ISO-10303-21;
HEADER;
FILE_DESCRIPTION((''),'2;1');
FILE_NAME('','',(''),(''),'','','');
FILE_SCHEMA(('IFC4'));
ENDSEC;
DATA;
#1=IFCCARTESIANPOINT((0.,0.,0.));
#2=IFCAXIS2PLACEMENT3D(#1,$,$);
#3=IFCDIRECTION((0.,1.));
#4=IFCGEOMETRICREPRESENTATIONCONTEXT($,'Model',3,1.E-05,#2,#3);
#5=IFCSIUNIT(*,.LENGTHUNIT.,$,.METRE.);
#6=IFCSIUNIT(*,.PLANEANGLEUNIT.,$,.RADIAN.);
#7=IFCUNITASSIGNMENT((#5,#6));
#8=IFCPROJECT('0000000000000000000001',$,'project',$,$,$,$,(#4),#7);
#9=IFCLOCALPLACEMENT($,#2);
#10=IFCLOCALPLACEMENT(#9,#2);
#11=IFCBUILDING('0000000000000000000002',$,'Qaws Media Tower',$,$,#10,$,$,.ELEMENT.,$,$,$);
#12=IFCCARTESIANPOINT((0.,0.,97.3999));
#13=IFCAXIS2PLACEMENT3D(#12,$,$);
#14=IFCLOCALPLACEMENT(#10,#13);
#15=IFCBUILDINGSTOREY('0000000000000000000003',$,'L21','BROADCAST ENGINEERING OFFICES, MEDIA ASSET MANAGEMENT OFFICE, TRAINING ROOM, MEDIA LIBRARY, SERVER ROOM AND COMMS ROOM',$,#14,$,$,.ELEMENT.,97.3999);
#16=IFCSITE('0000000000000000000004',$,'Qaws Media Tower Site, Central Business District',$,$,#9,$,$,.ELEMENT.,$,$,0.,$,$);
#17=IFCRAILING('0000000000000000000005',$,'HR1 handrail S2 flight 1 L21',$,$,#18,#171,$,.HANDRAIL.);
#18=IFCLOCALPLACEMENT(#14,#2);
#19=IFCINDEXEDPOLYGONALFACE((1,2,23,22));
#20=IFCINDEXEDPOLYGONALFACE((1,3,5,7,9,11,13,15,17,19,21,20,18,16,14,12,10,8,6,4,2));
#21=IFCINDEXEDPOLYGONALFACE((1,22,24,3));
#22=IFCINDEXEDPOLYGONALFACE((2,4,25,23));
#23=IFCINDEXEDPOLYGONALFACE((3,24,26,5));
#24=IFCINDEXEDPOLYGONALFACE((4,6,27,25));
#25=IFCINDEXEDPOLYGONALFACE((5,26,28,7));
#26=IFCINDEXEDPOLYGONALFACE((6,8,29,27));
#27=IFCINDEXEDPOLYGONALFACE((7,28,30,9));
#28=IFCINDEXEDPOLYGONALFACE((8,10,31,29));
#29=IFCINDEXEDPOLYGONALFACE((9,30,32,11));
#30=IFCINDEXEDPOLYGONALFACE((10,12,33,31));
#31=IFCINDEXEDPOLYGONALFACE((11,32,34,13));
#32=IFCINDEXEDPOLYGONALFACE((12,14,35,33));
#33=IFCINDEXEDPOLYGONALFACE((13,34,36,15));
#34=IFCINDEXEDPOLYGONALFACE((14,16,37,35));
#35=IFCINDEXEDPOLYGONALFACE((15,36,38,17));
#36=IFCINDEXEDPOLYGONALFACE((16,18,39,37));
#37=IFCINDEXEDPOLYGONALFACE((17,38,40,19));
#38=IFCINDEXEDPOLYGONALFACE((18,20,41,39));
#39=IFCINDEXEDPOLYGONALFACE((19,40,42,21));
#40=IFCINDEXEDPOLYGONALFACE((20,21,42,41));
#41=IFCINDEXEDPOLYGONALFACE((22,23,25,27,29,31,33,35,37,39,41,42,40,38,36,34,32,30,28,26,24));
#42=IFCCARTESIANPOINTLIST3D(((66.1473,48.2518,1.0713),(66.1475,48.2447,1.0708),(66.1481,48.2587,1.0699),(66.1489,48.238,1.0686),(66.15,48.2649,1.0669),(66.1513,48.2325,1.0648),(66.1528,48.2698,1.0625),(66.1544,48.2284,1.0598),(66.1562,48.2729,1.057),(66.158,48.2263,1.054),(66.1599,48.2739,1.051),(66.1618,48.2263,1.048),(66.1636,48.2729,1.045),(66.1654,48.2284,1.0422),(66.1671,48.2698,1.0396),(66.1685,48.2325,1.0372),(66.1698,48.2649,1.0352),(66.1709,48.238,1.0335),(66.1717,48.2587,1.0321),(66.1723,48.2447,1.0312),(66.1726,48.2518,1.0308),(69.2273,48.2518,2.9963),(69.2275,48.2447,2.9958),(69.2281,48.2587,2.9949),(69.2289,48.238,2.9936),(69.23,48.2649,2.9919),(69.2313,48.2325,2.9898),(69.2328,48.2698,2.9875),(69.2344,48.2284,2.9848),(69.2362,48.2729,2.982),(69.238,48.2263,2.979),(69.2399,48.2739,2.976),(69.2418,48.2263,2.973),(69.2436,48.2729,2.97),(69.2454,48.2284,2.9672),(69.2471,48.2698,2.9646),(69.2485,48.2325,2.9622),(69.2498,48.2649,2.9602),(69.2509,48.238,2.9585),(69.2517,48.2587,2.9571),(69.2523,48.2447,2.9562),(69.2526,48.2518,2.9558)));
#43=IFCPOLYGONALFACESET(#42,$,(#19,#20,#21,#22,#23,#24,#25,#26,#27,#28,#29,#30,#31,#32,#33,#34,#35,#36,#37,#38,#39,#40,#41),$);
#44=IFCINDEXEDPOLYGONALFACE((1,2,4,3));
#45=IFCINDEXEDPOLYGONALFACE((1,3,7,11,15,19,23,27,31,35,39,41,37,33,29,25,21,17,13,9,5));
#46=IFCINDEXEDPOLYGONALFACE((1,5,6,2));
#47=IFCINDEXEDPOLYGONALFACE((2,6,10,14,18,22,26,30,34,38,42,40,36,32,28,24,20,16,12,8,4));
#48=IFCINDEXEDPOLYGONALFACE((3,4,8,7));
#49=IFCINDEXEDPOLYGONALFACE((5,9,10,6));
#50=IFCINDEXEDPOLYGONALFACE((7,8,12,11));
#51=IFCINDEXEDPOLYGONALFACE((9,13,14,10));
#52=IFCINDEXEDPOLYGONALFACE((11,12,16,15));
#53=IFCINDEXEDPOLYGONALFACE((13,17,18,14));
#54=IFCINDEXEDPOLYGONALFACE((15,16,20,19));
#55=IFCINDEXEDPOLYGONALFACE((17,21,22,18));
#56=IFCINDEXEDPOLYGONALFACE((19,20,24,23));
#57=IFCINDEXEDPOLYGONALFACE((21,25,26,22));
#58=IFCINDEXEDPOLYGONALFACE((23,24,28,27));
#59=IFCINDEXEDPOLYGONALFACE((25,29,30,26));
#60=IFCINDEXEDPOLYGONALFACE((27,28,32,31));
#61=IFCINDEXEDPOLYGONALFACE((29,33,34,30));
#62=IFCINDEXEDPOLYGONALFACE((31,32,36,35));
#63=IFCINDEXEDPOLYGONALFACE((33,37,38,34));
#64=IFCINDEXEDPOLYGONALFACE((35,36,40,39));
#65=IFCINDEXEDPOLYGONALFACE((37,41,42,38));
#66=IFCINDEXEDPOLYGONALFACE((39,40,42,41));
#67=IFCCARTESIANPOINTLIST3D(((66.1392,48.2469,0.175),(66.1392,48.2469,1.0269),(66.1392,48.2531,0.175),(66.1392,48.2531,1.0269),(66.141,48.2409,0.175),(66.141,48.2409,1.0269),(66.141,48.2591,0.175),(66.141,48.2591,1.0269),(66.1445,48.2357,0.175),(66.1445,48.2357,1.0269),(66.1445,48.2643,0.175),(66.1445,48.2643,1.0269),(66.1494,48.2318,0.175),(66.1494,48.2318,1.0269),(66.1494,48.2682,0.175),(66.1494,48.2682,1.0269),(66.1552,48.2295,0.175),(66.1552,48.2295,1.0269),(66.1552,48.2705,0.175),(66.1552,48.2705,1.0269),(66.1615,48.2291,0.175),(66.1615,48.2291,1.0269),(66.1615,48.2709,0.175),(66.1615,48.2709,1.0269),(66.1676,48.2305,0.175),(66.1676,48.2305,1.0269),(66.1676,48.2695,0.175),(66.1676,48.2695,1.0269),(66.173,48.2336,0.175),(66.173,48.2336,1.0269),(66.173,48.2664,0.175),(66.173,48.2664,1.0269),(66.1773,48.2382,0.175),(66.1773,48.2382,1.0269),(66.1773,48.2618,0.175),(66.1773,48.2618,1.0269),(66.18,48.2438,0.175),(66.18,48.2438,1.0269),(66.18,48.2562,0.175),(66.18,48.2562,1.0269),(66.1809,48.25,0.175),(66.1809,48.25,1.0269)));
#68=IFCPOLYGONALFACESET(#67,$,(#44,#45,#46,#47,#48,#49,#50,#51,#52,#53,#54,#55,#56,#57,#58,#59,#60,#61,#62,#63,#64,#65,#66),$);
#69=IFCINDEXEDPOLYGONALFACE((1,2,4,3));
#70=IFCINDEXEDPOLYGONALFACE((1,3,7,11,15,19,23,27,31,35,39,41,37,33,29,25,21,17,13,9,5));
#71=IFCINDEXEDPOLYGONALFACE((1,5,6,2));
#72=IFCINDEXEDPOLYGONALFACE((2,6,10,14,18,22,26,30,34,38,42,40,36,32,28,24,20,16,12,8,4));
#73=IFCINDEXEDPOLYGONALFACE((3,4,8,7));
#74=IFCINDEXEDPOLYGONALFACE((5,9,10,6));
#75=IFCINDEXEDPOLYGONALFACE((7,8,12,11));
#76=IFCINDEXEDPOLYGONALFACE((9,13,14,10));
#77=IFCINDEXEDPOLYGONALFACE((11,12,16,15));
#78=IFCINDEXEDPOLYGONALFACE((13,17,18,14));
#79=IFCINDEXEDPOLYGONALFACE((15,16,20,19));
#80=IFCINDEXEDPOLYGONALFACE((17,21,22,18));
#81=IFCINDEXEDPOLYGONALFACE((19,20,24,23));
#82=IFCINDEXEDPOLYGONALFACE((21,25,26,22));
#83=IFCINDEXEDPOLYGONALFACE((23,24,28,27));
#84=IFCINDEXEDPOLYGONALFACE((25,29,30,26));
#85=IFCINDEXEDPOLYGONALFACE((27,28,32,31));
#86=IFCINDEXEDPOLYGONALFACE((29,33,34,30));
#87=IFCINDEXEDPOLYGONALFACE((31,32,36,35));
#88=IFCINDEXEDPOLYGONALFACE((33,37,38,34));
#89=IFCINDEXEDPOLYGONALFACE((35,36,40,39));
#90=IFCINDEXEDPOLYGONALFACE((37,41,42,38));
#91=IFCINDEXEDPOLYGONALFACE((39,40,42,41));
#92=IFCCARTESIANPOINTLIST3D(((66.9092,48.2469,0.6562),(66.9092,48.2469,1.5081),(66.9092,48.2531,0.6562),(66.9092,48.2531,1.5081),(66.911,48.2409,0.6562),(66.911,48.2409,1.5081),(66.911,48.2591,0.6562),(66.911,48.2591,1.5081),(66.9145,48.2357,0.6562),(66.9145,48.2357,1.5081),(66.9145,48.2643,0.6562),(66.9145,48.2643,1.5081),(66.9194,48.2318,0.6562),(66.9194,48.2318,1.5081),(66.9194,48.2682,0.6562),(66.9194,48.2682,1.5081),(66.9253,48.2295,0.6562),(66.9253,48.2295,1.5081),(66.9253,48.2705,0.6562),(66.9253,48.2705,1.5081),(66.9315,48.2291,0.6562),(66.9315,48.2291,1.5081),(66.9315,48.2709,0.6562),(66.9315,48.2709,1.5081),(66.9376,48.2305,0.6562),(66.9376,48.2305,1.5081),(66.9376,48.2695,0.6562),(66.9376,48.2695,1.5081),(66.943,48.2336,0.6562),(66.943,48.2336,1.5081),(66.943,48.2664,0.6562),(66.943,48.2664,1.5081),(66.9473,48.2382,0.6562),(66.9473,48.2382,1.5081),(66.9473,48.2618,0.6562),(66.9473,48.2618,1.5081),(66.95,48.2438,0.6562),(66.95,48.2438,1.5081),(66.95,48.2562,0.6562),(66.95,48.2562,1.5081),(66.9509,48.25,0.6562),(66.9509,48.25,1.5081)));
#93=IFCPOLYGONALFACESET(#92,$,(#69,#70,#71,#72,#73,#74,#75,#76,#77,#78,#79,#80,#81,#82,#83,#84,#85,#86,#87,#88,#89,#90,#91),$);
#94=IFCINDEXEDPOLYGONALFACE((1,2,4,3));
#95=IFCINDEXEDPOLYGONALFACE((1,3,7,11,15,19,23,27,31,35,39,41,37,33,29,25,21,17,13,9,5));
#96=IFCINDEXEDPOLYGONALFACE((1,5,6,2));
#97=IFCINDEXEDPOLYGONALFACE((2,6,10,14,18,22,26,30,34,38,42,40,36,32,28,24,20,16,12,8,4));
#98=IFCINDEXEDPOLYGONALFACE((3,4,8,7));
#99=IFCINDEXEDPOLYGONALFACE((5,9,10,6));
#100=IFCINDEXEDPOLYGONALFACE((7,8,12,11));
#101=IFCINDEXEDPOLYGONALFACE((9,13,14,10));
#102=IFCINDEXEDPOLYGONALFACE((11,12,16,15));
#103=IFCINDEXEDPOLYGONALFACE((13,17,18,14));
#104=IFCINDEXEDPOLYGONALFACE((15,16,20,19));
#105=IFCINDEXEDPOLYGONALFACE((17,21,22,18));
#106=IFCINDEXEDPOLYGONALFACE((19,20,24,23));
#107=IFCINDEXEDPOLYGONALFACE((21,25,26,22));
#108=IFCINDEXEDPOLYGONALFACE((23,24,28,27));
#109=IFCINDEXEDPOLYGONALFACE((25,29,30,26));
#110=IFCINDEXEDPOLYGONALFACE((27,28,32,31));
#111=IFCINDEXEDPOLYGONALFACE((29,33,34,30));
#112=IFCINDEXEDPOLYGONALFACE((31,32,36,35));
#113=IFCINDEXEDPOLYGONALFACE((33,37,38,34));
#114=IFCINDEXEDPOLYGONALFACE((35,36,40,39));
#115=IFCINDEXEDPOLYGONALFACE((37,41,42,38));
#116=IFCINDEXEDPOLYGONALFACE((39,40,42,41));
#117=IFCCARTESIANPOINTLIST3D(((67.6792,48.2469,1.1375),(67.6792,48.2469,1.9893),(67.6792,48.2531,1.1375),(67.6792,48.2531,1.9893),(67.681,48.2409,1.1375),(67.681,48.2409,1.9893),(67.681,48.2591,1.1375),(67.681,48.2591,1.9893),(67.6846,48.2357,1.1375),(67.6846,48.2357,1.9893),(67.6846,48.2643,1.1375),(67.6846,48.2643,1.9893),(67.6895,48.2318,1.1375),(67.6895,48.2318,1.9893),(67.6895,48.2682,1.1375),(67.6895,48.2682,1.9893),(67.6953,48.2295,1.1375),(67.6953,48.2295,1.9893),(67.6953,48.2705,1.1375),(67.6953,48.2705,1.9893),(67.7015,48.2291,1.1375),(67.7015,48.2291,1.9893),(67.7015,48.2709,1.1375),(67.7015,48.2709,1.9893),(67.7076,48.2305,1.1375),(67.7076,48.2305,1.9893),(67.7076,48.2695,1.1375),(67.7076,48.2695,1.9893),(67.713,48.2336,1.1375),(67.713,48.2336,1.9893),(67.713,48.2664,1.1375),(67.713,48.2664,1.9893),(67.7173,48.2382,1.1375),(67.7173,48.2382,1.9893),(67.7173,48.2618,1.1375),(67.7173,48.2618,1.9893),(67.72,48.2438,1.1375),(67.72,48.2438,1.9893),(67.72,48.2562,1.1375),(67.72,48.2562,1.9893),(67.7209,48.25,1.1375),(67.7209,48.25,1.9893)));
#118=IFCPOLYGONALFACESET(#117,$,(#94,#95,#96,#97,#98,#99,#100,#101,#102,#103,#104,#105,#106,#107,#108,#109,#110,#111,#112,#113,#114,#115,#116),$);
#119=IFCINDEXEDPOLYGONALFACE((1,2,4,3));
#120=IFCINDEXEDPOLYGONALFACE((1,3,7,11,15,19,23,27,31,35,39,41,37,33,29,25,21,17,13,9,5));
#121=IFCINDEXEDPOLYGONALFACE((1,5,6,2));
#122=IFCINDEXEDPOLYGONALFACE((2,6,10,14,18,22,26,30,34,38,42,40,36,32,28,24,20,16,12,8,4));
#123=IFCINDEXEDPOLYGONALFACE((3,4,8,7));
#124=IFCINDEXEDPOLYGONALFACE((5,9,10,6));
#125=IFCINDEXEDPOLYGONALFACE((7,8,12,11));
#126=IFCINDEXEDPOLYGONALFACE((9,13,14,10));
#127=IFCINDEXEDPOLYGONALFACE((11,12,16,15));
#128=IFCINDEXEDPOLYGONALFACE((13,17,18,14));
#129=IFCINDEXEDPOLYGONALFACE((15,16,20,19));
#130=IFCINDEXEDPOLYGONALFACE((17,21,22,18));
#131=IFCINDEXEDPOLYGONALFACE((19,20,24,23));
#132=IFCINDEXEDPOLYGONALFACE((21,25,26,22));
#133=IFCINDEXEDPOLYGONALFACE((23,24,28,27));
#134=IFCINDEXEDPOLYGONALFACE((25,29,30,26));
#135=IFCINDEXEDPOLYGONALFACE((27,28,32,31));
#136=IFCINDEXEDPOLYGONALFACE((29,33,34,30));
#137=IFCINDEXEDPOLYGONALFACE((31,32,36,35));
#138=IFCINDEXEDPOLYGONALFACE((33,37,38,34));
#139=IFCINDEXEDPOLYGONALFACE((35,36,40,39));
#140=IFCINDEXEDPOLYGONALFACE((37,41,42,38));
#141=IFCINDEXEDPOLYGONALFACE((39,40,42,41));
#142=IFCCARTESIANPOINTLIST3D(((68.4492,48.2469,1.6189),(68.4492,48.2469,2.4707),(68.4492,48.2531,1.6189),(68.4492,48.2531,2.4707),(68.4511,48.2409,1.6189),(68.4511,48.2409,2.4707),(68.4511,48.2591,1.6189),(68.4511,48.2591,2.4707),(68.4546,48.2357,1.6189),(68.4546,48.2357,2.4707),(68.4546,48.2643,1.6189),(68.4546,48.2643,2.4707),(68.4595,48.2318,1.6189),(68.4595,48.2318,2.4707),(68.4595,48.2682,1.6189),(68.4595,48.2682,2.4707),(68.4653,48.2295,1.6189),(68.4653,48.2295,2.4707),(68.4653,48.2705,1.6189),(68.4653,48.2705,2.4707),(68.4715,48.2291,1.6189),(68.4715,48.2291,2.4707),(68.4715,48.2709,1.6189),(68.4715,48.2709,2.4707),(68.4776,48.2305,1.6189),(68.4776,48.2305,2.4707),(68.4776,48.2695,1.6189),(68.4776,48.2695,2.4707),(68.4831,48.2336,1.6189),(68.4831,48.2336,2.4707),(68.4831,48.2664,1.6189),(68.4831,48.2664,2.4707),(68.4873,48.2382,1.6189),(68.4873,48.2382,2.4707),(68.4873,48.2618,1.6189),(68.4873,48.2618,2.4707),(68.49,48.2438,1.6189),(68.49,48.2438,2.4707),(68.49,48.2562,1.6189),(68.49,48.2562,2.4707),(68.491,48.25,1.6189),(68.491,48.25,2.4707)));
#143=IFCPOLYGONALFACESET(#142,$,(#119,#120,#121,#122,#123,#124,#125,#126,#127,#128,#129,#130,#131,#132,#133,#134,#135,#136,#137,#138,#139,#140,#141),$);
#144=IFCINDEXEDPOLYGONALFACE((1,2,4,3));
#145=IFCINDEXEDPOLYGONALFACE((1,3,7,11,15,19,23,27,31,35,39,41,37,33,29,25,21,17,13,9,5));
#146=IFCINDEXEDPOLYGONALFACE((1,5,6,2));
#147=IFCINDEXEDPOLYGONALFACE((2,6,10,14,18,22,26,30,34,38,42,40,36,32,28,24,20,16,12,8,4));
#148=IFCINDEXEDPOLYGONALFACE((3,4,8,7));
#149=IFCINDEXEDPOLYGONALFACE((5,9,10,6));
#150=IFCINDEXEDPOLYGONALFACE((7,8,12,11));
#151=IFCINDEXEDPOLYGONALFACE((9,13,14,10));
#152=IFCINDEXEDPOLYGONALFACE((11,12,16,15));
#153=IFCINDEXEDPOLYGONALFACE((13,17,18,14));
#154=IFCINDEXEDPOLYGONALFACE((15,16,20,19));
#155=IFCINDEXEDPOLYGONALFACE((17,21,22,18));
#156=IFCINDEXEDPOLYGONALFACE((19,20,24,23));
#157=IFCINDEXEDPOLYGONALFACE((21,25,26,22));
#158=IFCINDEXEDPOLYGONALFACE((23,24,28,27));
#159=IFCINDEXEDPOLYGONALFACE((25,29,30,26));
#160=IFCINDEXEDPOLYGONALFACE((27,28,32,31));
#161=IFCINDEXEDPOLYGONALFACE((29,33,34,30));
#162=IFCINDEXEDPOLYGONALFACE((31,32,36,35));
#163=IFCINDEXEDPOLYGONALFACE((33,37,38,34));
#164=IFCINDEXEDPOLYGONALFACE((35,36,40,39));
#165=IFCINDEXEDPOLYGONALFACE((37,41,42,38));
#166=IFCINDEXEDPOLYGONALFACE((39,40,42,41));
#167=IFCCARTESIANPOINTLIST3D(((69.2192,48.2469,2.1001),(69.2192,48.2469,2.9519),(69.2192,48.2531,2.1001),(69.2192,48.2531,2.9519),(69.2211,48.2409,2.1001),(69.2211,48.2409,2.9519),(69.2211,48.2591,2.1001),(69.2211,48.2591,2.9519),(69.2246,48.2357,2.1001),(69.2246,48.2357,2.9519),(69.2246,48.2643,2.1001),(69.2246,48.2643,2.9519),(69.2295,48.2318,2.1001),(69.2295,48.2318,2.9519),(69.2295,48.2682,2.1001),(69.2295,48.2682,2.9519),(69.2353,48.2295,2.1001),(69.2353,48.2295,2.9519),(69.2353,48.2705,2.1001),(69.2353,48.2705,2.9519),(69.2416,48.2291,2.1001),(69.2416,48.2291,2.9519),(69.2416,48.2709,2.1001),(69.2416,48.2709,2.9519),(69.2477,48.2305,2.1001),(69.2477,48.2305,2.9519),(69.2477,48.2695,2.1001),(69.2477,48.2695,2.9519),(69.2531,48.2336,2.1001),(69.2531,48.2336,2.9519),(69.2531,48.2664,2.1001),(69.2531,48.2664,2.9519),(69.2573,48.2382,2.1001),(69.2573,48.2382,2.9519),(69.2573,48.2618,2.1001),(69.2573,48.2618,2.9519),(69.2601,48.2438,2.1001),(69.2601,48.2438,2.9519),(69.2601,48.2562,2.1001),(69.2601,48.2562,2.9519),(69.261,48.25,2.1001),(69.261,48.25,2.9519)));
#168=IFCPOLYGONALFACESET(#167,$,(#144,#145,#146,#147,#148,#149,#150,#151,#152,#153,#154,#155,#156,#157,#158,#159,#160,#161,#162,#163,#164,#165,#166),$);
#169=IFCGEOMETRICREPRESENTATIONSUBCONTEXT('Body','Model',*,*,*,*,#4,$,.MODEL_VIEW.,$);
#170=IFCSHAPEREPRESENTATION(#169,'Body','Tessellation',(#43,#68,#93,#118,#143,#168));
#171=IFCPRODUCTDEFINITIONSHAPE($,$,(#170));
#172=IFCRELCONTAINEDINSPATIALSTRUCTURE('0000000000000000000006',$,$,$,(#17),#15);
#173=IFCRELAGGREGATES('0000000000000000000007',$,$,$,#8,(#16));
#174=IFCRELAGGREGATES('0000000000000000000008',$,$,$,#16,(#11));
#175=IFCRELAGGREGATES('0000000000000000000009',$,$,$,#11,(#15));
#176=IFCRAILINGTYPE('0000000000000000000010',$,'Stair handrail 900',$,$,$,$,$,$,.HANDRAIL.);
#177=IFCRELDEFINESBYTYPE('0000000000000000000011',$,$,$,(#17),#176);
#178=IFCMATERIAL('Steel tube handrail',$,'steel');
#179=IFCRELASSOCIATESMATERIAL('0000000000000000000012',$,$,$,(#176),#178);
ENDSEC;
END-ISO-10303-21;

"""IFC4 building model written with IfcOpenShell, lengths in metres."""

from ifc_helpers import new_model, si_unit, direction, frame, origin, origin_2d, place, context, subcontext, project, spatial, circle, extrude, material, type_object, element, save


model = new_model("IFC4")

# Units and contexts
model_context = context("Model", 3, precision=1e-05, world=origin(), true_north=direction((0.0, 1.0)))
body_context = subcontext(model_context, "Body", "Model", "MODEL_VIEW")
ifc_project = project(units=[si_unit("LENGTHUNIT", "METRE"), si_unit("PLANEANGLEUNIT", "RADIAN")], contexts=[model_context])

# Site, building, storey
site_placement = place(None, origin())
site = spatial("IfcSite", under=ifc_project, at=site_placement, Name="Qaws Media Tower Site, Central Business District", CompositionType="ELEMENT", RefElevation=0.0)
building_placement = place(site_placement, origin())
building = spatial("IfcBuilding", under=site, at=building_placement, Name="Qaws Media Tower", CompositionType="ELEMENT")
storey_placement = place(building_placement, frame((0.0, 0.0, 97.3999)))
storey = spatial("IfcBuildingStorey", under=building, at=storey_placement, Name="L21", Description="BROADCAST ENGINEERING OFFICES, MEDIA ASSET MANAGEMENT OFFICE, TRAINING ROOM, MEDIA LIBRARY, SERVER ROOM AND COMMS ROOM", CompositionType="ELEMENT", Elevation=97.3999)

# Railing
ifc_material_1 = material(Name="Steel tube handrail", Category="steel")
railing_type = type_object("IfcRailingType", Name="Stair handrail 900", PredefinedType="HANDRAIL", material=ifc_material_1)
railing_placement = place(storey_placement, frame((66.1599, 48.25, 0.175)))
element("IfcRailing", 1, at=railing_placement, inside=storey, type_object=railing_type, Name="HR1 handrail S2 flight 1 L21", PredefinedType="HANDRAIL", context=body_context, shape_type="SweptSolid", body=[
    extrude(circle(Radius=0.0239, at=origin_2d()), frame((0.0, 0.0, 0.876), z_axis=(0.847998, 0.0, 0.529999), x_axis=(0.0, 1.0, 0.0)), (0.0, 0.0, 1.0), 3.6321),
    extrude(circle(Radius=0.021, at=origin_2d()), origin(), (0.0, 0.0, 1.0), 0.8518),
    extrude(circle(Radius=0.021, at=origin_2d()), frame((0.77, 0.0, 0.4812)), (0.0, 0.0, 1.0), 0.8518),
    extrude(circle(Radius=0.021, at=origin_2d()), frame((1.54, 0.0, 0.9624)), (0.0, 0.0, 1.0), 0.8518),
    extrude(circle(Radius=0.021, at=origin_2d()), frame((2.3101, 0.0, 1.4438)), (0.0, 0.0, 1.0), 0.8518),
    extrude(circle(Radius=0.021, at=origin_2d()), frame((3.0801, 0.0, 1.925)), (0.0, 0.0, 1.0), 0.8518),
])

save(model, "model.ifc")
